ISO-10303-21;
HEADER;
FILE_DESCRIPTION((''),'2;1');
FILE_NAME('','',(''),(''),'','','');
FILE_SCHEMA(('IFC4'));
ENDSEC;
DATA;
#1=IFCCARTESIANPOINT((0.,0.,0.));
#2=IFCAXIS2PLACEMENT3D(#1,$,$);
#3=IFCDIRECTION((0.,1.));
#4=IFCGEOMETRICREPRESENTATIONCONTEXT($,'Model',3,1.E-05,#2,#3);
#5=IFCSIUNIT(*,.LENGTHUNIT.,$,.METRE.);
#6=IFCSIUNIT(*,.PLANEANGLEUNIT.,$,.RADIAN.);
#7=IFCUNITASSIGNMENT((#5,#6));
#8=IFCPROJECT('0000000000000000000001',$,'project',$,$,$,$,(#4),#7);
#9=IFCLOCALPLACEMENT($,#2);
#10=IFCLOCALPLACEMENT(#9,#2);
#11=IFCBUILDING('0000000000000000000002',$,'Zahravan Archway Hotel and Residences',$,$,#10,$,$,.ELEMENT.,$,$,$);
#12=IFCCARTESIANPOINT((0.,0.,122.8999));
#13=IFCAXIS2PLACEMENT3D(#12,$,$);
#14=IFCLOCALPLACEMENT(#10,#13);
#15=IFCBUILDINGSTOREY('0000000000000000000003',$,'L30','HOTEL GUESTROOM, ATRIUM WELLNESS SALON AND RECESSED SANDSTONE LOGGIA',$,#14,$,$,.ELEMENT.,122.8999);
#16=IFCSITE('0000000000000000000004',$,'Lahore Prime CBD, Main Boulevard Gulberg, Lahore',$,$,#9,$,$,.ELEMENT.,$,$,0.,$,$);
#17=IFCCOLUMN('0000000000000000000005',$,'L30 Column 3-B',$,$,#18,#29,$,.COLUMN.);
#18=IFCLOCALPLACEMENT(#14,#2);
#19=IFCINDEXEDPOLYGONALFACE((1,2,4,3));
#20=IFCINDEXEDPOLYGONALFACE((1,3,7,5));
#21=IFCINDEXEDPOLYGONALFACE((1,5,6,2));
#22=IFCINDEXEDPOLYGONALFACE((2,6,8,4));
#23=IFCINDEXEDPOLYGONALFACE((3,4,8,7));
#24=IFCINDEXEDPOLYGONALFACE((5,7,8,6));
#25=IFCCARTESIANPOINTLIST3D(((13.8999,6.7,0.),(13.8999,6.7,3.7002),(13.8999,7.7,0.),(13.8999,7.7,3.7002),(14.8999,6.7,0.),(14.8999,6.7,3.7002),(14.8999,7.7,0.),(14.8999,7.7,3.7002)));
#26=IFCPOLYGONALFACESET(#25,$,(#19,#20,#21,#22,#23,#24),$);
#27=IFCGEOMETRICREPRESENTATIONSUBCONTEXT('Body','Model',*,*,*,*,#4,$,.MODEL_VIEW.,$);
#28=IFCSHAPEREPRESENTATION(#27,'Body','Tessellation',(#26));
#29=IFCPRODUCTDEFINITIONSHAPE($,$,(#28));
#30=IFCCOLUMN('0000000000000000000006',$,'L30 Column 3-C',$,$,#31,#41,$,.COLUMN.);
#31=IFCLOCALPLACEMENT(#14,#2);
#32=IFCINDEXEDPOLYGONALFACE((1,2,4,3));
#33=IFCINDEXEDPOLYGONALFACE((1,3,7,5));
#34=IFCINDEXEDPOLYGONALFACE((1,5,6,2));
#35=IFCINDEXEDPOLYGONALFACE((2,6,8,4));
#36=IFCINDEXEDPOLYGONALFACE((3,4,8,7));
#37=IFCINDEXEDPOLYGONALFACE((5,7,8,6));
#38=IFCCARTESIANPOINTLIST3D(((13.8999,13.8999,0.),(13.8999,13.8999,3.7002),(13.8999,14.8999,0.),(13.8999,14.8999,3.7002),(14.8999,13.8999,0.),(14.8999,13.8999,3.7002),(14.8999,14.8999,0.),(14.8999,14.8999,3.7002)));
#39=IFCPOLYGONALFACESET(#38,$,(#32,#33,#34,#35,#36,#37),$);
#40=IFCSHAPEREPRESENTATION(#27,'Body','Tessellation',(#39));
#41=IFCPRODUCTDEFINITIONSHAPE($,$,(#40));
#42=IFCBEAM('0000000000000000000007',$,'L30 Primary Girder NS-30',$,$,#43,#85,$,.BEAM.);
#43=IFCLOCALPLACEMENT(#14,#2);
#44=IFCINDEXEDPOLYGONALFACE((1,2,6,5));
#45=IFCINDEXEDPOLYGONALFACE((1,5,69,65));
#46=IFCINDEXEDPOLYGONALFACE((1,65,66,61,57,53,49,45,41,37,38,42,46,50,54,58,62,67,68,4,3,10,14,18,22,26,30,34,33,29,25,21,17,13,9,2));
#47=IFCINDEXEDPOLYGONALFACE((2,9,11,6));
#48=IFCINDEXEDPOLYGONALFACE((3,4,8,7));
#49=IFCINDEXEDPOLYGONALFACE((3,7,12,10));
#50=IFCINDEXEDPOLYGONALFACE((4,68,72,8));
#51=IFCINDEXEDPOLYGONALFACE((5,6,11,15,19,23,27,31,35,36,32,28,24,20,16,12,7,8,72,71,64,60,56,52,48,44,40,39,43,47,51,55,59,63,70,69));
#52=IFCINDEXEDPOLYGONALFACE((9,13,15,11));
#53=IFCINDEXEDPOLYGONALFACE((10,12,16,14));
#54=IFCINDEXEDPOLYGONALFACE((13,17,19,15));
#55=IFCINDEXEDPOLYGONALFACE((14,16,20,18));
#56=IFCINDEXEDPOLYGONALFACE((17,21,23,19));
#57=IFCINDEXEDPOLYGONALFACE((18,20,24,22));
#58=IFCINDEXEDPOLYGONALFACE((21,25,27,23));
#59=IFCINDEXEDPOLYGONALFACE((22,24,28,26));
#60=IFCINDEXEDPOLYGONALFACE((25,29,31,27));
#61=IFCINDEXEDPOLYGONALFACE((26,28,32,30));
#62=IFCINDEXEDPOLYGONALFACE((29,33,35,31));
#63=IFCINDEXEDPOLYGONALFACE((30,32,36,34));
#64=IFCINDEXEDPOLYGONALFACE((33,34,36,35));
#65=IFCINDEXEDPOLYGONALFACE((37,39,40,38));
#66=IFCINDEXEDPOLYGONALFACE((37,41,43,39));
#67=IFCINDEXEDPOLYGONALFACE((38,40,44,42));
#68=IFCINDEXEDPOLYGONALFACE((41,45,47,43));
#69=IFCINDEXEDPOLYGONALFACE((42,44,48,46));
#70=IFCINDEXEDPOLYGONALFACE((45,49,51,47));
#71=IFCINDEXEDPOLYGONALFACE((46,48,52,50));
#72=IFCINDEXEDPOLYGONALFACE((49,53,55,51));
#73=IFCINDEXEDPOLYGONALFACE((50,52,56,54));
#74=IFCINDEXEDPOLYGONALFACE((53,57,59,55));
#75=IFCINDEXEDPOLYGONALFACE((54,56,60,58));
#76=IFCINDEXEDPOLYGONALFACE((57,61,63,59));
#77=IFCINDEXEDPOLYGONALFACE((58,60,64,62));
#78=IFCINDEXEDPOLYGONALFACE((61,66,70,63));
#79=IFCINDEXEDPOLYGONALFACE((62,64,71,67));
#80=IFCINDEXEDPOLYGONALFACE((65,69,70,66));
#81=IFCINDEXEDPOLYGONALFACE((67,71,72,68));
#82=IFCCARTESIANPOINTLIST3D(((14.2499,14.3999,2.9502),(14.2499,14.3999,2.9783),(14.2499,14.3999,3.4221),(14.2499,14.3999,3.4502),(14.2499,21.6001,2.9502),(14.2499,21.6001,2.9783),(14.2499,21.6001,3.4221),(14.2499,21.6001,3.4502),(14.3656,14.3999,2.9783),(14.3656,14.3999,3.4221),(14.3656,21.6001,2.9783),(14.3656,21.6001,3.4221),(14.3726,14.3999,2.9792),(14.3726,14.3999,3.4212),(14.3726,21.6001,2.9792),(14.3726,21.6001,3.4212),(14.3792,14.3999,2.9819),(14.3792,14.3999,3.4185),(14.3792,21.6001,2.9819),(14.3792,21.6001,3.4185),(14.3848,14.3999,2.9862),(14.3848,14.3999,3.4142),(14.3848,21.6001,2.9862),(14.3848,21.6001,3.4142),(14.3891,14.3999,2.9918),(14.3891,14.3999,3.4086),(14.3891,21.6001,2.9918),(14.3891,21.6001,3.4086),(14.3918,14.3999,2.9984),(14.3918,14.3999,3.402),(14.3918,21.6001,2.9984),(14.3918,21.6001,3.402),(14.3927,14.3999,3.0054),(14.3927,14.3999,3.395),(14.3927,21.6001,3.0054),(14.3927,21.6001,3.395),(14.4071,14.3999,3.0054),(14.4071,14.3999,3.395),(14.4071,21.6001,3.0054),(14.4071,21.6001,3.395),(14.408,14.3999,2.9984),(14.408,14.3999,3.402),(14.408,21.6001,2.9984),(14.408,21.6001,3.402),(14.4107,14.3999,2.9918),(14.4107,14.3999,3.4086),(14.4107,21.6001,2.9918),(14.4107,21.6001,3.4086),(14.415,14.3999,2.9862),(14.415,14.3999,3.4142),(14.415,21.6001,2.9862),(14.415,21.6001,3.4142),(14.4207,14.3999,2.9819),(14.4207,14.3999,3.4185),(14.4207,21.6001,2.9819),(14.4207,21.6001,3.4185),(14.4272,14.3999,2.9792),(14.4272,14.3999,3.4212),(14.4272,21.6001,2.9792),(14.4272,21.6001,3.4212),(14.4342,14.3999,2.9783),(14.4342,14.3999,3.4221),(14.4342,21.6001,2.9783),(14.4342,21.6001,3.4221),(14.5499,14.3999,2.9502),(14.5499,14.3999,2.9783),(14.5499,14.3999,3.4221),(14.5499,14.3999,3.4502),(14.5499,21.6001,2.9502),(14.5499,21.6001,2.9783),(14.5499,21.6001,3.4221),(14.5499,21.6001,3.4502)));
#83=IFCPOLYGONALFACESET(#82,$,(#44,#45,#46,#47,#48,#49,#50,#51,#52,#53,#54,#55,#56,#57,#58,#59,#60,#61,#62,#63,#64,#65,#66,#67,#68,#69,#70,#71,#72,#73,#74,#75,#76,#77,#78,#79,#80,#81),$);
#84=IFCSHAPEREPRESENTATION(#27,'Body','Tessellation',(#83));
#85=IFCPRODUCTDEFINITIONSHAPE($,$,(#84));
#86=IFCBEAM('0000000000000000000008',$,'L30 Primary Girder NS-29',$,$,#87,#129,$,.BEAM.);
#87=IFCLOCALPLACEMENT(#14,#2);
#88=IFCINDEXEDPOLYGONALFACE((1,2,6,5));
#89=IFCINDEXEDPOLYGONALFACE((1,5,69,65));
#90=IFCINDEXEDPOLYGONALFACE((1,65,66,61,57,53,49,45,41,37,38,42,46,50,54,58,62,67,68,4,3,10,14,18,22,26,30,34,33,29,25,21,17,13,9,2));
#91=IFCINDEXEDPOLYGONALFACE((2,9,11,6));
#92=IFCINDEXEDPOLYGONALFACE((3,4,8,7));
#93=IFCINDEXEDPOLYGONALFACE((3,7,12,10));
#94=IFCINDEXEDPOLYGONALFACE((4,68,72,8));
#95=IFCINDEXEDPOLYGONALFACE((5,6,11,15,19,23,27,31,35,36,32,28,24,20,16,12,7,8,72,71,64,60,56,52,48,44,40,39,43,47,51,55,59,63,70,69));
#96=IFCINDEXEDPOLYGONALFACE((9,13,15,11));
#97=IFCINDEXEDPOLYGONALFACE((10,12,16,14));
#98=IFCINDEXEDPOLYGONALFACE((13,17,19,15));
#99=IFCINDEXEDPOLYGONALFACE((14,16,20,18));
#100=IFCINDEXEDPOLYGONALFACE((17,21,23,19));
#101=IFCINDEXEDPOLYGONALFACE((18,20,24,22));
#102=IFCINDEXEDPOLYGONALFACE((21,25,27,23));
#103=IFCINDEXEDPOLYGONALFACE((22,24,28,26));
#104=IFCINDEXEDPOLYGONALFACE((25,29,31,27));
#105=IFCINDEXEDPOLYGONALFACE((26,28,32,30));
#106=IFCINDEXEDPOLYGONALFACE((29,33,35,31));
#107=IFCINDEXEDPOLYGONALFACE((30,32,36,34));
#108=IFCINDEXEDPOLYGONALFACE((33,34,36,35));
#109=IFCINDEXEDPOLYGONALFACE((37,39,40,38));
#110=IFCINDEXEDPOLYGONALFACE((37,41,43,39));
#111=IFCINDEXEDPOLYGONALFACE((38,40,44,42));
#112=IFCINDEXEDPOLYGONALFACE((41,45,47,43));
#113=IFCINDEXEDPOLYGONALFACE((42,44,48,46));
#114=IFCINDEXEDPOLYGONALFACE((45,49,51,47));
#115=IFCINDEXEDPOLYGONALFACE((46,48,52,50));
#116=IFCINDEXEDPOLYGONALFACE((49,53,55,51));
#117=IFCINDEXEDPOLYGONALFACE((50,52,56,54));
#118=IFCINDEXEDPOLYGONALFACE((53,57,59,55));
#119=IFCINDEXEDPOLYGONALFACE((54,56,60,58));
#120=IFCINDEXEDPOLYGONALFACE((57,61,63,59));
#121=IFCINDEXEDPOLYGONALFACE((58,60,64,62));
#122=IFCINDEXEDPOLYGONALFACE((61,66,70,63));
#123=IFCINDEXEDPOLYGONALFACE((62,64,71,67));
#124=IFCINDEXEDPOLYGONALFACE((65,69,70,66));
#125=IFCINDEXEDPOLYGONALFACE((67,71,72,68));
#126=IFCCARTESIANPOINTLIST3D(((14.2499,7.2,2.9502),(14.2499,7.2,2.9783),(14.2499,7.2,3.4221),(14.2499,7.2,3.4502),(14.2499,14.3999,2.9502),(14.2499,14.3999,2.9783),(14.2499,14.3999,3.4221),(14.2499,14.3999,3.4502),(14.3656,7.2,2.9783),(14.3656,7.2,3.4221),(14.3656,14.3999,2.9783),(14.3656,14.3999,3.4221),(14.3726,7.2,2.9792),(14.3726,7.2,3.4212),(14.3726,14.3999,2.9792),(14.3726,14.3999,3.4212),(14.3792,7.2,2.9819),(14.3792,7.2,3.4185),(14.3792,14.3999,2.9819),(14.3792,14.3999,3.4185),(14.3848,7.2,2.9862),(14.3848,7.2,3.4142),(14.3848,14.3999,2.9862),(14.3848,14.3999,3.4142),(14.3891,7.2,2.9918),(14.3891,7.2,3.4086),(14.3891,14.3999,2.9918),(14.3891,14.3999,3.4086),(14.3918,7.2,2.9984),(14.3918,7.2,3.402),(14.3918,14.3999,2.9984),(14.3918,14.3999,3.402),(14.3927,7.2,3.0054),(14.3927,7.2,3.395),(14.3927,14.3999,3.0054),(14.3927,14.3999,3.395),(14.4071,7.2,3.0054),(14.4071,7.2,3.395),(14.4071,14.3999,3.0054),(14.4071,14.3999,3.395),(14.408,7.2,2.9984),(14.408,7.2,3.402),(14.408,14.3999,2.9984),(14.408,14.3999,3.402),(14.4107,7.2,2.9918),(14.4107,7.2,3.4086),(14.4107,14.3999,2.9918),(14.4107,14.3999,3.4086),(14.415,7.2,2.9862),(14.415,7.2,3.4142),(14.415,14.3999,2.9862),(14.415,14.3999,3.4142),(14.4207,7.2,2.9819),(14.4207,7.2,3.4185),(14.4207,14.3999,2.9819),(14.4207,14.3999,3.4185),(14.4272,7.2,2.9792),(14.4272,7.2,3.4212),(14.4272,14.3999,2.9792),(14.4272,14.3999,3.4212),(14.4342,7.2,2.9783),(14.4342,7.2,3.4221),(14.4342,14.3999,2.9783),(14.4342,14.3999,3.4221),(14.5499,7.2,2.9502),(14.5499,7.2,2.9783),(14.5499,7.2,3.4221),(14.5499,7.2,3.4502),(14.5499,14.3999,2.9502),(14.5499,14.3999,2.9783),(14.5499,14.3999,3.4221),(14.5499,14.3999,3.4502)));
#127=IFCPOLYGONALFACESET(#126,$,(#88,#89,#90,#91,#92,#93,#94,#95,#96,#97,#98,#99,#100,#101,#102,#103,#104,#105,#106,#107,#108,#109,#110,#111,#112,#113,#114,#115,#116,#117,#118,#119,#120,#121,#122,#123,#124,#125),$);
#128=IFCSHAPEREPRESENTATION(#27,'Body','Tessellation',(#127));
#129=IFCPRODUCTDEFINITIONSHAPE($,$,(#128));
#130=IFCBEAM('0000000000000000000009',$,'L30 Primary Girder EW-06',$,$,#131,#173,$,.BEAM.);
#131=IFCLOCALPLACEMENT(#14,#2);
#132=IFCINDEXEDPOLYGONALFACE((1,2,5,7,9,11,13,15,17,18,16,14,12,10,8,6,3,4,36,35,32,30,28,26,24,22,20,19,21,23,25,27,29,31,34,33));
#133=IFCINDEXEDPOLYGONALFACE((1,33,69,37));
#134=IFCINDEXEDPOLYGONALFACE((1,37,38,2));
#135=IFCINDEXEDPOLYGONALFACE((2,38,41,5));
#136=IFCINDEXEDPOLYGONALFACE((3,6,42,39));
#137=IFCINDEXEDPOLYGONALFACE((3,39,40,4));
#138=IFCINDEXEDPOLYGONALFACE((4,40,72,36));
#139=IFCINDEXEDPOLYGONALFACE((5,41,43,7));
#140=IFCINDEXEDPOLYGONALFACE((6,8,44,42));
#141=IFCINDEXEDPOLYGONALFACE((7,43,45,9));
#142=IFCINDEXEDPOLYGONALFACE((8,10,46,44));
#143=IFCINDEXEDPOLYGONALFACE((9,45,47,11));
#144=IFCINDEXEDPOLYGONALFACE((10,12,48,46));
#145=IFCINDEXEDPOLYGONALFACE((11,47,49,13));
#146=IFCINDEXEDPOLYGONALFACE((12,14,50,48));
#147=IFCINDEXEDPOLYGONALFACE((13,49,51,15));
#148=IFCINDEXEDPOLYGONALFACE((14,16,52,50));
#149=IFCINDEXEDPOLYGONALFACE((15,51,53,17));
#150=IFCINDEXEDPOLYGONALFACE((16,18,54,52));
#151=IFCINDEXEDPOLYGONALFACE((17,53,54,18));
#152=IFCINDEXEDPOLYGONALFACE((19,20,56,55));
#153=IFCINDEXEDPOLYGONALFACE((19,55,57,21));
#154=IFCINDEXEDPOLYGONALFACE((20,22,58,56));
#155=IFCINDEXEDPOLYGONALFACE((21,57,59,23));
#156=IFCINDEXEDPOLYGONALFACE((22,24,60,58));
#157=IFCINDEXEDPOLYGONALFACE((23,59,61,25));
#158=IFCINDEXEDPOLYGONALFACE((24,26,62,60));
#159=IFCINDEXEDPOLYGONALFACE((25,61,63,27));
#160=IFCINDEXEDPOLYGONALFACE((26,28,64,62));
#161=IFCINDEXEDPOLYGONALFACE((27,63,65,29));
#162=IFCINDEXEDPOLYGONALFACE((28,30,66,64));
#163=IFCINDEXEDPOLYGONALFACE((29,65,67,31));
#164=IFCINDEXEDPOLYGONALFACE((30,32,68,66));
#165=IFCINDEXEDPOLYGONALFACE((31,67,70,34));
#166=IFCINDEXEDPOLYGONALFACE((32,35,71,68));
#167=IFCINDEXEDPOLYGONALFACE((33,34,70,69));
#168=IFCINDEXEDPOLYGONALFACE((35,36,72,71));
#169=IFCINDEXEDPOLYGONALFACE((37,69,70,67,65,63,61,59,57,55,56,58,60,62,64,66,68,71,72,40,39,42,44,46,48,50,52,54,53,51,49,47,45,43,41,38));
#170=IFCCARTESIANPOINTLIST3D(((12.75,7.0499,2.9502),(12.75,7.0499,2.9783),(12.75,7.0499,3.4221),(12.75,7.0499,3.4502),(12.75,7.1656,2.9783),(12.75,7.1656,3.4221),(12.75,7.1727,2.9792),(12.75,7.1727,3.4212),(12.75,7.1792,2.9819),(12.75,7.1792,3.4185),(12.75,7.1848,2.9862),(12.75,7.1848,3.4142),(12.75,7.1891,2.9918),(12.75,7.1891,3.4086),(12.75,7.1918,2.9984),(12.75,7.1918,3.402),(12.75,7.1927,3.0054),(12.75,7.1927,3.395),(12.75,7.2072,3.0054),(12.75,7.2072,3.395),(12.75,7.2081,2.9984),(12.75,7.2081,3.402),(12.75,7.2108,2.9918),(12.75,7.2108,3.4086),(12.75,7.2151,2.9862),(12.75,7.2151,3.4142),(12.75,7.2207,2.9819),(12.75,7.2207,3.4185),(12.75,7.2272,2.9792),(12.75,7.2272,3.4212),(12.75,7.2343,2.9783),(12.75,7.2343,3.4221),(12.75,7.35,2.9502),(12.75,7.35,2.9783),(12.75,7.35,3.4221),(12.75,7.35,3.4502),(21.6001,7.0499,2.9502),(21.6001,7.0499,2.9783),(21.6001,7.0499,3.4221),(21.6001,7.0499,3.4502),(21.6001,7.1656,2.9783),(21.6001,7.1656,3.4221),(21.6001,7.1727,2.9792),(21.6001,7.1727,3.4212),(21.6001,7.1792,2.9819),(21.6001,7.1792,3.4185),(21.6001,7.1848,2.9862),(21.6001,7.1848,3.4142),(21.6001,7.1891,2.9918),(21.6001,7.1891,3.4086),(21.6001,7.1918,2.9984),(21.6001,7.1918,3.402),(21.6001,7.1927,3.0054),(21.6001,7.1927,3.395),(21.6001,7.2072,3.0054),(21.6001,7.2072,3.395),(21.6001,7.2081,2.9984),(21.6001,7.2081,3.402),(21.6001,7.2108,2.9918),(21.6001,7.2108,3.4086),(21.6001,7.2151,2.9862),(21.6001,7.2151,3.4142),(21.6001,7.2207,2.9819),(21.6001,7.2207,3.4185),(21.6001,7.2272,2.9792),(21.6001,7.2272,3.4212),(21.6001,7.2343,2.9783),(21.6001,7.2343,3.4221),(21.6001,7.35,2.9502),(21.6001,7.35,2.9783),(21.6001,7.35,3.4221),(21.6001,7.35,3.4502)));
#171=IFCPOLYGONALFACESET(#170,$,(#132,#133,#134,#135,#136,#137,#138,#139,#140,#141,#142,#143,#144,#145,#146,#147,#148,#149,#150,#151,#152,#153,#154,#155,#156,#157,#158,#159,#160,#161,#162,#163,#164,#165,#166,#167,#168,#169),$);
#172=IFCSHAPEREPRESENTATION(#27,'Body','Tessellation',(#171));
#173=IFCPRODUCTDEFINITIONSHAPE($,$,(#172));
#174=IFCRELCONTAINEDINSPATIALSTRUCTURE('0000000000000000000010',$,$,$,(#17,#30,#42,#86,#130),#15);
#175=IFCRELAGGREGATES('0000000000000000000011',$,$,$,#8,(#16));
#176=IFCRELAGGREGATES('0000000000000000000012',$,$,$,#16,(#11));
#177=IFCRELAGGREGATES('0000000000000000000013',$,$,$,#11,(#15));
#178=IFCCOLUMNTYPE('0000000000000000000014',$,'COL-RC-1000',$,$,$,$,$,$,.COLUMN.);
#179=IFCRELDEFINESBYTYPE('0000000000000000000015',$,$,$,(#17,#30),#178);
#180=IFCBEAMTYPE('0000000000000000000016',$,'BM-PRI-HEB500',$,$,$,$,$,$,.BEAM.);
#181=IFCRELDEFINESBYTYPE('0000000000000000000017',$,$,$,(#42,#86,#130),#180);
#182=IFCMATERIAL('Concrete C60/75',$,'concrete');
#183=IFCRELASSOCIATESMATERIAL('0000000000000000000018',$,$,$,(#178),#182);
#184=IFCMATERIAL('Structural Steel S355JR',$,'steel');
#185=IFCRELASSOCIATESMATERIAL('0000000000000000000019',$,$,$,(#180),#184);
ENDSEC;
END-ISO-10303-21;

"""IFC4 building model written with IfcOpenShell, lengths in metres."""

from ifc_helpers import new_model, si_unit, direction, frame, origin, origin_2d, place, context, subcontext, project, spatial, rectangle, i_section, extrude, source, transform, mapped, material, material_profile, profile_set, type_object, type_shapes, element, save


model = new_model("IFC4")

# Units and contexts
model_context = context("Model", 3, precision=1e-05, world=origin(), true_north=direction((0.0, 1.0)))
body_context = subcontext(model_context, "Body", "Model", "MODEL_VIEW")
ifc_project = project(units=[si_unit("LENGTHUNIT", "METRE"), si_unit("PLANEANGLEUNIT", "RADIAN")], contexts=[model_context])

# Site, building, storey
site_placement = place(None, origin())
site = spatial("IfcSite", under=ifc_project, at=site_placement, Name="Lahore Prime CBD, Main Boulevard Gulberg, Lahore", CompositionType="ELEMENT", RefElevation=0.0)
building_placement = place(site_placement, origin())
building = spatial("IfcBuilding", under=site, at=building_placement, Name="Zahravan Archway Hotel and Residences", CompositionType="ELEMENT")
storey_placement = place(building_placement, frame((0.0, 0.0, 122.8999)))
storey = spatial("IfcBuildingStorey", under=building, at=storey_placement, Name="L30", Description="HOTEL GUESTROOM, ATRIUM WELLNESS SALON AND RECESSED SANDSTONE LOGGIA", CompositionType="ELEMENT", Elevation=122.8999)

# Columns
ifc_material_1 = material(Name="Concrete C60/75", Category="concrete")
ifc_material_profile_1 = material_profile(ifc_material_1, rectangle(XDim=1.0, YDim=1.0, at=origin_2d()), Name="RC-COL-1000x1000", Category="concrete")
ifc_profile_set_1 = profile_set([ifc_material_profile_1], Name="Concrete C60/75")
column_type = type_object("IfcColumnType", Name="COL-RC-1000", PredefinedType="COLUMN", material=ifc_profile_set_1)
shared_shape_1 = source(origin(), body_context, "Body", "SweptSolid", [
    extrude(rectangle(XDim=1.0, YDim=1.0, at=origin_2d()), origin(), (0.0, 0.0, 1.0), 3.7002),
])
for number, where, z_axis, x_axis, name in (
    (1, (14.3999, 7.2, 0.0), (0.0, 0.0, 1.0), (1.0, 0.0, 0.0), "L30 Column 3-B"),
    (2, (14.3999, 14.3999, 0.0), (0.0, 0.0, 1.0), (1.0, 0.0, 0.0), "L30 Column 3-C"),
):
    element("IfcColumn", number, at=place(storey_placement, frame(where, z_axis=z_axis, x_axis=x_axis)), inside=storey, type_object=column_type, Name=name, PredefinedType="COLUMN", context=body_context, shape_type="MappedRepresentation", body=[
        mapped(shared_shape_1, transform((0.0, 0.0, 0.0), scale=1.0)),
    ])

# Beams
ifc_material_2 = material(Name="Structural Steel S355JR", Category="steel")
ifc_material_profile_2 = material_profile(ifc_material_2, i_section(OverallWidth=0.3, OverallDepth=0.5, WebThickness=0.0144, FlangeThickness=0.0281, FilletRadius=0.0271, at=origin_2d()), Name="HEB 500", Category="steel")
ifc_profile_set_2 = profile_set([ifc_material_profile_2], Name="Structural Steel S355JR")
beam_type = type_object("IfcBeamType", Name="BM-PRI-HEB500", PredefinedType="BEAM", material=ifc_profile_set_2)
shared_shape_2 = source(origin(), body_context, "Body", "SweptSolid", [
    extrude(i_section(OverallWidth=0.3, OverallDepth=0.5, WebThickness=0.0144, FlangeThickness=0.0281, FilletRadius=0.0271, at=origin_2d()), origin(), (0.0, 0.0, 1.0), 7.2002),
])
type_shapes(beam_type, [shared_shape_2])
beam_1_placement = place(storey_placement, frame((14.3999, 14.3999, 3.2002), z_axis=(0.0, 1.0, 0.0), x_axis=(-1.0, 0.0, 0.0)))
element("IfcBeam", 3, at=beam_1_placement, inside=storey, type_object=beam_type, Name="L30 Primary Girder NS-30", PredefinedType="BEAM", context=body_context, shape_type="MappedRepresentation", body=[
    mapped(shared_shape_2, transform((0.0, 0.0, 0.0), scale=1.0)),
])
shared_shape_3 = source(origin(), body_context, "Body", "SweptSolid", [
    extrude(i_section(OverallWidth=0.3, OverallDepth=0.5, WebThickness=0.0144, FlangeThickness=0.0281, FilletRadius=0.0271, at=origin_2d()), origin(), (0.0, 0.0, 1.0), 7.2),
])
beam_2_placement = place(storey_placement, frame((14.3999, 7.2, 3.2002), z_axis=(0.0, 1.0, 0.0), x_axis=(-1.0, 0.0, 0.0)))
element("IfcBeam", 4, at=beam_2_placement, inside=storey, type_object=beam_type, Name="L30 Primary Girder NS-29", PredefinedType="BEAM", context=body_context, shape_type="MappedRepresentation", body=[
    mapped(shared_shape_3, transform((0.0, 0.0, 0.0), scale=1.0)),
])
shared_shape_4 = source(origin(), body_context, "Body", "SweptSolid", [
    extrude(i_section(OverallWidth=0.3, OverallDepth=0.5, WebThickness=0.0144, FlangeThickness=0.0281, FilletRadius=0.0271, at=origin_2d()), origin(), (0.0, 0.0, 1.0), 8.8501),
])
for number, where, z_axis, x_axis, name in (
    (5, (12.75, 7.2, 3.2002), (1.0, 0.0, 0.0), (0.0, 1.0, 0.0), "L30 Primary Girder EW-06"),
):
    element("IfcBeam", number, at=place(storey_placement, frame(where, z_axis=z_axis, x_axis=x_axis)), inside=storey, type_object=beam_type, Name=name, PredefinedType="BEAM", context=body_context, shape_type="MappedRepresentation", body=[
        mapped(shared_shape_4, transform((0.0, 0.0, 0.0), scale=1.0)),
    ])

save(model, "model.ifc")
